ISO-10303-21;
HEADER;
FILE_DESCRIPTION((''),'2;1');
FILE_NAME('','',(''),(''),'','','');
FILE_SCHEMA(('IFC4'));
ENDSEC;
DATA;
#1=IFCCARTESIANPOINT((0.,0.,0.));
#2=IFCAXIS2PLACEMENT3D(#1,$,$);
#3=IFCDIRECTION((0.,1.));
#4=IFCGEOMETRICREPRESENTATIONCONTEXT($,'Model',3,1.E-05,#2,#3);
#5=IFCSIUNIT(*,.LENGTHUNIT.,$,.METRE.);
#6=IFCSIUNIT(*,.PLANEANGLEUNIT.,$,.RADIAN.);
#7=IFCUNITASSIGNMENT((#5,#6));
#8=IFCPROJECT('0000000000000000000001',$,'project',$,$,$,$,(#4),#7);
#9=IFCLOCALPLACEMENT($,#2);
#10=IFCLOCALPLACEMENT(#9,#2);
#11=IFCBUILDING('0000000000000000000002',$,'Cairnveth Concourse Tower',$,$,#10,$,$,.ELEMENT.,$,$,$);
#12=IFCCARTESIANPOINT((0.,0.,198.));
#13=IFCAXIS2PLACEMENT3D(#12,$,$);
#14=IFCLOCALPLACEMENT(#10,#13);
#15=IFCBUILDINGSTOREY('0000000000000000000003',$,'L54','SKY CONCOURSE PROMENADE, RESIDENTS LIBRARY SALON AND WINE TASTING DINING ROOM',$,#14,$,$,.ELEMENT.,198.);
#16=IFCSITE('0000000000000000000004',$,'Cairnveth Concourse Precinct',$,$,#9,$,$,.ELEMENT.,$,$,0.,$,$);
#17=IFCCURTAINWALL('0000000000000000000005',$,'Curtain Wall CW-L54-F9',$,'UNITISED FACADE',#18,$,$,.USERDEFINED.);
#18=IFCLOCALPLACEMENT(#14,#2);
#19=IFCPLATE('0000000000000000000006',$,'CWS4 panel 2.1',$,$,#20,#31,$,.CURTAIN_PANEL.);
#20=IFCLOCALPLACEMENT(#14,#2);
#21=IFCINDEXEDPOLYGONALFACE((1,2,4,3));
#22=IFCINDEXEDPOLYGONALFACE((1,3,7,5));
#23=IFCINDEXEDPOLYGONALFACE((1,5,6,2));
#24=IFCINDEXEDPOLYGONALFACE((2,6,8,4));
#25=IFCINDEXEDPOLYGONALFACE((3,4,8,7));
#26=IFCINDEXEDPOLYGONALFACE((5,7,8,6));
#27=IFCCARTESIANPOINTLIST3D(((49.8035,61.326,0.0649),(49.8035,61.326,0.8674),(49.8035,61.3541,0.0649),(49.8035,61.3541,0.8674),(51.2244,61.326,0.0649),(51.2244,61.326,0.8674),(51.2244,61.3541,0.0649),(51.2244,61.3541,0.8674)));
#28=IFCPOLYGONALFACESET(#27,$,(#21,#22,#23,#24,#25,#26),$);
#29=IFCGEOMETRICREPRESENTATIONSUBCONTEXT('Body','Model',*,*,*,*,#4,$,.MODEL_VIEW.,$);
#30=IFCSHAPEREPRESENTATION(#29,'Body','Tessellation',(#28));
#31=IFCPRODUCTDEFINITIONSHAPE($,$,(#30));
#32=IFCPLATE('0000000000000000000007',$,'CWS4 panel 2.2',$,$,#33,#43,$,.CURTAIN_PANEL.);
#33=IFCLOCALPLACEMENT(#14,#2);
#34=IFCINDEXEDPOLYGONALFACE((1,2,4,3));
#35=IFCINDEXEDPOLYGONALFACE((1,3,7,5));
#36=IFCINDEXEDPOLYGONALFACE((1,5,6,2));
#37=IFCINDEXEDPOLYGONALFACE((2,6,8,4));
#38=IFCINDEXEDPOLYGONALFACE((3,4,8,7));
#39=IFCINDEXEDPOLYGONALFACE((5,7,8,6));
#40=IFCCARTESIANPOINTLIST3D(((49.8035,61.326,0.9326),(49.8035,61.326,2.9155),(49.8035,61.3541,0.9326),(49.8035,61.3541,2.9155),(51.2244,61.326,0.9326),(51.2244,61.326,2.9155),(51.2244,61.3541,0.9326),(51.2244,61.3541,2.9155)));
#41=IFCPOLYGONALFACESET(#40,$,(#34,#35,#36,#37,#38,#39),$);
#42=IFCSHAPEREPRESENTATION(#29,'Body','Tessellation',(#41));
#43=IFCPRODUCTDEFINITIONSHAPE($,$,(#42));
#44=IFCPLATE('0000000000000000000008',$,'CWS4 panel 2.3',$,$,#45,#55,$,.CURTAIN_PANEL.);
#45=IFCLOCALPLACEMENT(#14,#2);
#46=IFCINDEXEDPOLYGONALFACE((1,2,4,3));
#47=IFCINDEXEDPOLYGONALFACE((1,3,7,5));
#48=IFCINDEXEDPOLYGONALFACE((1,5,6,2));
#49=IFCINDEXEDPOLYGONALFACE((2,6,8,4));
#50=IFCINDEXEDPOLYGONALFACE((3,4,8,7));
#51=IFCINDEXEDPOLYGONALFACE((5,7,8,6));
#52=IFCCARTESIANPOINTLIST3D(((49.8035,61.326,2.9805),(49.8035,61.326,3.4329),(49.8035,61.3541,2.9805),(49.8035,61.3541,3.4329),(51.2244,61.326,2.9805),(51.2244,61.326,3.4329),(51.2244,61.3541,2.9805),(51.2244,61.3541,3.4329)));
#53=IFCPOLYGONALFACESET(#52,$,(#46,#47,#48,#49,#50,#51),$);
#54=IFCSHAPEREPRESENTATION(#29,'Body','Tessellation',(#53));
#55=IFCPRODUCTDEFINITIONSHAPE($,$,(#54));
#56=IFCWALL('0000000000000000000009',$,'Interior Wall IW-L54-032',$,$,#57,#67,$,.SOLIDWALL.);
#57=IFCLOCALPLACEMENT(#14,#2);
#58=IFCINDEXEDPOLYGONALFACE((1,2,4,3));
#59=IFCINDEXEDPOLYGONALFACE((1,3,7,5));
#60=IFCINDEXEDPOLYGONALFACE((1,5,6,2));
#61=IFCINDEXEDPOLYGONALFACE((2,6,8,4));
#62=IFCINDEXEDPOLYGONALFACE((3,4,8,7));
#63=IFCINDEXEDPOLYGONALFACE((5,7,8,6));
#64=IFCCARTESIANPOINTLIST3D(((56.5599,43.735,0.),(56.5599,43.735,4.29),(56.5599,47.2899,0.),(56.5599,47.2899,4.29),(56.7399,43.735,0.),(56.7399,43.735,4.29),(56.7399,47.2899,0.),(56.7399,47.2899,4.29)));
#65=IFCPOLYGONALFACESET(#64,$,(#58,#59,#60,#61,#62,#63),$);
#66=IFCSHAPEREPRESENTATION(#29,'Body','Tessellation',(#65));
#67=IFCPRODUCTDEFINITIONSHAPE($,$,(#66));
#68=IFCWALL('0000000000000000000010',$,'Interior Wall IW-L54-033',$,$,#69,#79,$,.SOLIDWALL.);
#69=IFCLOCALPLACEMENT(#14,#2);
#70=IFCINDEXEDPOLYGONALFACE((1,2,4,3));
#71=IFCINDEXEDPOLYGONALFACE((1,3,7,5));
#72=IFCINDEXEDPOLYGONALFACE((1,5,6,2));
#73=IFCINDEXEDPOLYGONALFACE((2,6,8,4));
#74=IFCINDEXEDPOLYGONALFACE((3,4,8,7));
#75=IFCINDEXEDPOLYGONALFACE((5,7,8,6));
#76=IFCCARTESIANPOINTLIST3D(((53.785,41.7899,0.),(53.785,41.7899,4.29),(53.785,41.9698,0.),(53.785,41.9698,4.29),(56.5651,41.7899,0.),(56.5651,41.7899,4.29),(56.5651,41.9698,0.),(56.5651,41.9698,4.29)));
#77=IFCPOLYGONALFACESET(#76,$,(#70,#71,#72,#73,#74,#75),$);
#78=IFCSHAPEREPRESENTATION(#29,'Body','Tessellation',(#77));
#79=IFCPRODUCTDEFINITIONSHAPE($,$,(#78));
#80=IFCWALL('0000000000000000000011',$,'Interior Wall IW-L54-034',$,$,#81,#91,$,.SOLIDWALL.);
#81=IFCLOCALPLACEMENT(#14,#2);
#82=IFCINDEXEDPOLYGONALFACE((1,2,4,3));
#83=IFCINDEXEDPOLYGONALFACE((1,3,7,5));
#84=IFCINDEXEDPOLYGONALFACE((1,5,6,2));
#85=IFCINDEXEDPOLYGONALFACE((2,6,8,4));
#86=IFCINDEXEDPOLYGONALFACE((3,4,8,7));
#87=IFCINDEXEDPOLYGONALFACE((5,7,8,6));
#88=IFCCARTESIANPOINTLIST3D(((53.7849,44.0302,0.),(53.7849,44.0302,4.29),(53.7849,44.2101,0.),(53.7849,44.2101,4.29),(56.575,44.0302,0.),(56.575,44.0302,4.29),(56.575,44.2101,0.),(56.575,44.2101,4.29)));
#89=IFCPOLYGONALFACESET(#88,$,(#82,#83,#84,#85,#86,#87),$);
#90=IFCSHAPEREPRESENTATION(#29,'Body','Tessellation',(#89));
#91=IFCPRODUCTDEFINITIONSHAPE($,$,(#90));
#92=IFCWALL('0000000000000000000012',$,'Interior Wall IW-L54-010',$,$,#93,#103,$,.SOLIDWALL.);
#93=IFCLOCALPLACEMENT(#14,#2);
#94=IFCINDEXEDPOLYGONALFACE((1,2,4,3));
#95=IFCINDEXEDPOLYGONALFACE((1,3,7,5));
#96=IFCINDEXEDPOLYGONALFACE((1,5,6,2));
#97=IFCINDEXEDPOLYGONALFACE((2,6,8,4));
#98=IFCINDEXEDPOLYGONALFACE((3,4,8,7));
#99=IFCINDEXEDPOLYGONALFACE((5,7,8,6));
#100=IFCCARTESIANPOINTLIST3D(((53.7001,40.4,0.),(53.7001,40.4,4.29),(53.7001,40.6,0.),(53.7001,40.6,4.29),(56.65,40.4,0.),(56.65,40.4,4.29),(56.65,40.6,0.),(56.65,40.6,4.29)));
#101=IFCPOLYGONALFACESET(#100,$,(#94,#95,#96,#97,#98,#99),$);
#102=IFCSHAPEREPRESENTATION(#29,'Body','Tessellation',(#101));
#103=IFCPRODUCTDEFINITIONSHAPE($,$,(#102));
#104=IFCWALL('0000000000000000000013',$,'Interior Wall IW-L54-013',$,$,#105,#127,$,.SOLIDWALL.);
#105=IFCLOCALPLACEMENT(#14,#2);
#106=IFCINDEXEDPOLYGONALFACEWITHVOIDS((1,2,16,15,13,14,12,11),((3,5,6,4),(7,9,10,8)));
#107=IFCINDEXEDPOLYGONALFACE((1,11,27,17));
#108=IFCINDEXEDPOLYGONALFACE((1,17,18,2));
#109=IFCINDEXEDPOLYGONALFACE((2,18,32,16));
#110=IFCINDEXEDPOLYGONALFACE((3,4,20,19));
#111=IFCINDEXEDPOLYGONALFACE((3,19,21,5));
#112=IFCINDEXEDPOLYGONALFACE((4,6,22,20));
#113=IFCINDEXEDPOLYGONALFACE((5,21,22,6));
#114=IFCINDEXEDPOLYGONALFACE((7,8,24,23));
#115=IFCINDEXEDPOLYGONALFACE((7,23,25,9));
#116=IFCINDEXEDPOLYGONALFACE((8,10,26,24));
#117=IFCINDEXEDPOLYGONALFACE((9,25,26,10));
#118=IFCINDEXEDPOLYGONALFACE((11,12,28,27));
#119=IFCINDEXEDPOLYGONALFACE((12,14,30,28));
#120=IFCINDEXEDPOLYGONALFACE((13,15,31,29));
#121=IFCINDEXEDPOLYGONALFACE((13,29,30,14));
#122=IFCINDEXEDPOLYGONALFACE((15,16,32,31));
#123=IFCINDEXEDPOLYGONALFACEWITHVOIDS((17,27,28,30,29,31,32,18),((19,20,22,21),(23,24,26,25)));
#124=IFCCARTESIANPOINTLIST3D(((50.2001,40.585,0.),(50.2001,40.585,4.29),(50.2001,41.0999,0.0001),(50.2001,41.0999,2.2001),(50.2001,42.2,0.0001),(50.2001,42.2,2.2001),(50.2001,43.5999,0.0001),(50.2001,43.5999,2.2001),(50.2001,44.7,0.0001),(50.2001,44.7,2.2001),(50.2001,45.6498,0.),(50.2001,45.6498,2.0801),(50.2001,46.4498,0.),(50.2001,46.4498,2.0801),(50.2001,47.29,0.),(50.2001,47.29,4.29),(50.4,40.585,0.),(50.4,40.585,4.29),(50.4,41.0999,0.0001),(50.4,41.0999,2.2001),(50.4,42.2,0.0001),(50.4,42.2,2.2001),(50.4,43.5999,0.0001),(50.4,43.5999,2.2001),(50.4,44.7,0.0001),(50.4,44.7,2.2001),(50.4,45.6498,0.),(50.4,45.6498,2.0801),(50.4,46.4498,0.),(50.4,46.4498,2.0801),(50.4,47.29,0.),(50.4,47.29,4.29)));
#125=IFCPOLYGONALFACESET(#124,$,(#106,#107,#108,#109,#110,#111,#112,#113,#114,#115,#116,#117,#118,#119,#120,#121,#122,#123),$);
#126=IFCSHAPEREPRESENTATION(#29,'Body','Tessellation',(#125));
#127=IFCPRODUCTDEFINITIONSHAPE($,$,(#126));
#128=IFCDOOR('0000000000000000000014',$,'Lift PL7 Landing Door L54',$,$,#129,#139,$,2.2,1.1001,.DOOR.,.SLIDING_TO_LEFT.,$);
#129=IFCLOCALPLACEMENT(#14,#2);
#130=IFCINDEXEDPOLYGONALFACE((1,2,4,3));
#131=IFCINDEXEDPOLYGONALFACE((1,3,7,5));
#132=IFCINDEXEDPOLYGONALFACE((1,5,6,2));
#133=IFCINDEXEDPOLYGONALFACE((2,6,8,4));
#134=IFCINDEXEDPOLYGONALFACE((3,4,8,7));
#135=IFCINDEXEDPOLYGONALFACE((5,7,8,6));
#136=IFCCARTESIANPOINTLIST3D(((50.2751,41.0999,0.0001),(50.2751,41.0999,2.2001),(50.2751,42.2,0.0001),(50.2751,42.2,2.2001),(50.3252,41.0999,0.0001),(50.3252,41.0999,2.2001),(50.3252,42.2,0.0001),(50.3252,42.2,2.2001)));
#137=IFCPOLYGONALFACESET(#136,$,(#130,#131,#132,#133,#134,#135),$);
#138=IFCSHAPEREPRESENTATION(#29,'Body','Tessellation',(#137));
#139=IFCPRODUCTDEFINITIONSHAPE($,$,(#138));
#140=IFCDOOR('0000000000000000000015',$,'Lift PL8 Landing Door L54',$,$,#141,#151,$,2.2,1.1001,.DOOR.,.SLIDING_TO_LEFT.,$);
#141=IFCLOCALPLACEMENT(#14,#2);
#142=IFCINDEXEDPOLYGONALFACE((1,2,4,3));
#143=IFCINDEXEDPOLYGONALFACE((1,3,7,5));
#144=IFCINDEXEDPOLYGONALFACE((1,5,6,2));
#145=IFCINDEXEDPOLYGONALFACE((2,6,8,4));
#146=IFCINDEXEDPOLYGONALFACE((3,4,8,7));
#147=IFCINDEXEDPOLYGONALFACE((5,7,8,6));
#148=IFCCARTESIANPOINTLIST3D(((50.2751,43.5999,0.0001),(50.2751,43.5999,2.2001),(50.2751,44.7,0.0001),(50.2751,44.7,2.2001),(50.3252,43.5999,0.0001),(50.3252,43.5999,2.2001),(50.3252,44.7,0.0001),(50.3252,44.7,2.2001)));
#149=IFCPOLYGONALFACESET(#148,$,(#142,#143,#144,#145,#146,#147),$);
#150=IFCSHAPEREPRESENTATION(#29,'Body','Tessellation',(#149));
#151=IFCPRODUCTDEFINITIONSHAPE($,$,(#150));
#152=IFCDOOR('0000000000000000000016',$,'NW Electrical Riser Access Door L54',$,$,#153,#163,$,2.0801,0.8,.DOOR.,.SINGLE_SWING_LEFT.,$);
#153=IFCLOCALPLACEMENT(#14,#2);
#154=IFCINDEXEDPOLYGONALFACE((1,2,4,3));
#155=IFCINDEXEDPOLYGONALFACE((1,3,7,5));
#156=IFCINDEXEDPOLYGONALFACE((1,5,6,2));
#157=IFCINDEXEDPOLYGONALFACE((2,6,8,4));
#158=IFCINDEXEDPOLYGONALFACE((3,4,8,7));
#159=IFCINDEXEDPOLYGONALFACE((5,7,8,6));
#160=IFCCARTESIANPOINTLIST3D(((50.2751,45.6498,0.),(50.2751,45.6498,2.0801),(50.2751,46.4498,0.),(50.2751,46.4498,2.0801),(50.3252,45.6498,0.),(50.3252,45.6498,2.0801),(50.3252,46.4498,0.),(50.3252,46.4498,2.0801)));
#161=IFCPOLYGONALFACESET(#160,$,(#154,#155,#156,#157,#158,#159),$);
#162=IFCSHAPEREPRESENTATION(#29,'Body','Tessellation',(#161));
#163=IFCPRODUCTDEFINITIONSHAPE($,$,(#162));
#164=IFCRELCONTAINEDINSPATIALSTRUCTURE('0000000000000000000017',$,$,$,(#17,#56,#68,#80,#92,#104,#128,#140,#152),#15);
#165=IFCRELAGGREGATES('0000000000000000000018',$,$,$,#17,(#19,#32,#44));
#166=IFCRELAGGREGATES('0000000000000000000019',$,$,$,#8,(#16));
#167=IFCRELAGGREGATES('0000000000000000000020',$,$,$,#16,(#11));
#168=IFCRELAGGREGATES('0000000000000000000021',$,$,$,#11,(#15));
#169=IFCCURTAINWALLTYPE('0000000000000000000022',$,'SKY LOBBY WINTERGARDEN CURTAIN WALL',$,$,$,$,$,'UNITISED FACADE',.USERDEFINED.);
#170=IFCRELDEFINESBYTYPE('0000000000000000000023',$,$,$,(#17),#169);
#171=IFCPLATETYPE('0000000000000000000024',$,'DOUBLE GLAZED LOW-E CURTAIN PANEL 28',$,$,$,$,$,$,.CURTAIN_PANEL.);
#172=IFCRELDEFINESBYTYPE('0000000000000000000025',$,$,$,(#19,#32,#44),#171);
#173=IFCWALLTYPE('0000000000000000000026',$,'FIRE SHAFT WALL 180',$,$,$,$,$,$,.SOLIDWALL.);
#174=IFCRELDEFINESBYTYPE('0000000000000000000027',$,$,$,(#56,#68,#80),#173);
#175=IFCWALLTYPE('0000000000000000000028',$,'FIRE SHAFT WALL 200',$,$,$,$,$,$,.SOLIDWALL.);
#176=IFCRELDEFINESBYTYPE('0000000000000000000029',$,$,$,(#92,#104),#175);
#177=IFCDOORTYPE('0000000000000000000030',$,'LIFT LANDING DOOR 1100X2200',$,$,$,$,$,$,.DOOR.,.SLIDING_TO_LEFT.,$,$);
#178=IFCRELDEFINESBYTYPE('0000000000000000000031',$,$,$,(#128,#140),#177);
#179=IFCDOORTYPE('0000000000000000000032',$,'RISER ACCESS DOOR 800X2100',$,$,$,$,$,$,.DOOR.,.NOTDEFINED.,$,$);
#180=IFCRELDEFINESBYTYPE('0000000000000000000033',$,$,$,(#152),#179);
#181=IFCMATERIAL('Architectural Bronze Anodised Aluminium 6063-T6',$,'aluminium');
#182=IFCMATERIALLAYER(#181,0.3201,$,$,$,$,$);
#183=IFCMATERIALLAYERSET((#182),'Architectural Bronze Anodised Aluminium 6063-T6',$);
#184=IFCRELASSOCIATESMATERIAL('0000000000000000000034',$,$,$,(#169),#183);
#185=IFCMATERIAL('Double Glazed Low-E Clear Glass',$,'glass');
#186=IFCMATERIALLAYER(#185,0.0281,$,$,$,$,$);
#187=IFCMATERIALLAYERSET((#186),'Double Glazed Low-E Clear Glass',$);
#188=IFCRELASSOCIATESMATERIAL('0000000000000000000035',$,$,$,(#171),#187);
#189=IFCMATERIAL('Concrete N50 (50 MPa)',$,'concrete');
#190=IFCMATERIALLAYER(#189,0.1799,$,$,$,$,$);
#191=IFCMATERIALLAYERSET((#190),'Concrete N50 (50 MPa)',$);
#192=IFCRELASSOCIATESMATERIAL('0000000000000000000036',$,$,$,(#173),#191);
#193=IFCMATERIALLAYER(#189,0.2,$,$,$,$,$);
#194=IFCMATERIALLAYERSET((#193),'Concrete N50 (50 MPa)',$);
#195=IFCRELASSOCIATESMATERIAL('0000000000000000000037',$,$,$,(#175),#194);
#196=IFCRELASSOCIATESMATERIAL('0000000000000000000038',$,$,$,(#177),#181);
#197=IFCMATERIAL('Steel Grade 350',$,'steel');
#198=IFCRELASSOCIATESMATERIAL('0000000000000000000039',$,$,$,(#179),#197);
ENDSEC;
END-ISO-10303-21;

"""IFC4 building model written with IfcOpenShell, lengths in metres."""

from ifc_helpers import new_model, si_unit, direction, frame, frame_2d, origin, origin_2d, place, context, subcontext, project, spatial, rectangle, extrude, material, layer, layer_set, type_object, element, fill, aggregate, save


model = new_model("IFC4")

# Units and contexts
model_context = context("Model", 3, precision=1e-05, world=origin(), true_north=direction((0.0, 1.0)))
body_context = subcontext(model_context, "Body", "Model", "MODEL_VIEW")
ifc_project = project(units=[si_unit("LENGTHUNIT", "METRE"), si_unit("PLANEANGLEUNIT", "RADIAN")], contexts=[model_context])

# Site, building, storey
site_placement = place(None, origin())
site = spatial("IfcSite", under=ifc_project, at=site_placement, Name="Cairnveth Concourse Precinct", CompositionType="ELEMENT", RefElevation=0.0)
building_placement = place(site_placement, origin())
building = spatial("IfcBuilding", under=site, at=building_placement, Name="Cairnveth Concourse Tower", CompositionType="ELEMENT")
storey_placement = place(building_placement, frame((0.0, 0.0, 198.0)))
storey = spatial("IfcBuildingStorey", under=building, at=storey_placement, Name="L54", Description="SKY CONCOURSE PROMENADE, RESIDENTS LIBRARY SALON AND WINE TASTING DINING ROOM", CompositionType="ELEMENT", Elevation=198.0)

# Curtain wall
ifc_material_1 = material(Name="Architectural Bronze Anodised Aluminium 6063-T6", Category="aluminium")
ifc_layer_1 = layer(ifc_material_1, 0.3201)
ifc_layer_set_1 = layer_set([ifc_layer_1], Name="Architectural Bronze Anodised Aluminium 6063-T6")
curtain_wall_type = type_object("IfcCurtainWallType", Name="SKY LOBBY WINTERGARDEN CURTAIN WALL", ElementType="UNITISED FACADE", PredefinedType="USERDEFINED", material=ifc_layer_set_1)
curtain_wall_placement = place(storey_placement, origin())
curtain_wall = element("IfcCurtainWall", 1, at=curtain_wall_placement, inside=storey, type_object=curtain_wall_type, Name="Curtain Wall CW-L54-F9", ObjectType="UNITISED FACADE", PredefinedType="USERDEFINED")

# Shared definitions
ifc_material_2 = material(Name="Steel Grade 350", Category="steel")

# Plates
ifc_material_3 = material(Name="Double Glazed Low-E Clear Glass", Category="glass")
ifc_layer_2 = layer(ifc_material_3, 0.0281)
ifc_layer_set_2 = layer_set([ifc_layer_2], Name="Double Glazed Low-E Clear Glass")
plate_type = type_object("IfcPlateType", Name="DOUBLE GLAZED LOW-E CURTAIN PANEL 28", PredefinedType="CURTAIN_PANEL", material=ifc_layer_set_2)
plate_1_placement = place(storey_placement, frame((50.5139, 61.3401, 0.0649), z_axis=(0.0, 0.0, 1.0), x_axis=(1.0, 0.0, 0.0)))
plate_1 = element("IfcPlate", 2, at=plate_1_placement, type_object=plate_type, Name="CWS4 panel 2.1", PredefinedType="CURTAIN_PANEL", context=body_context, shape_type="SweptSolid", body=[
    extrude(rectangle(XDim=1.4209, YDim=0.0281, at=origin_2d()), origin(), (0.0, 0.0, 1.0), 0.8025),
])
plate_2_placement = place(storey_placement, frame((50.5139, 61.3401, 0.9326), z_axis=(0.0, 0.0, 1.0), x_axis=(1.0, 0.0, 0.0)))
plate_2 = element("IfcPlate", 3, at=plate_2_placement, type_object=plate_type, Name="CWS4 panel 2.2", PredefinedType="CURTAIN_PANEL", context=body_context, shape_type="SweptSolid", body=[
    extrude(rectangle(XDim=1.4209, YDim=0.0281, at=origin_2d()), origin(), (0.0, 0.0, 1.0), 1.9829),
])
plate_3_placement = place(storey_placement, frame((50.5139, 61.3401, 2.9805), z_axis=(0.0, 0.0, 1.0), x_axis=(1.0, 0.0, 0.0)))
plate_3 = element("IfcPlate", 4, at=plate_3_placement, type_object=plate_type, Name="CWS4 panel 2.3", PredefinedType="CURTAIN_PANEL", context=body_context, shape_type="SweptSolid", body=[
    extrude(rectangle(XDim=1.4209, YDim=0.0281, at=origin_2d()), origin(), (0.0, 0.0, 1.0), 0.4524),
])
aggregate(curtain_wall, [plate_1, plate_2, plate_3])

# Walls
ifc_material_4 = material(Name="Concrete N50 (50 MPa)", Category="concrete")
ifc_layer_3 = layer(ifc_material_4, 0.1799)
ifc_layer_set_3 = layer_set([ifc_layer_3], Name="Concrete N50 (50 MPa)")
wall_type_1 = type_object("IfcWallType", Name="FIRE SHAFT WALL 180", PredefinedType="SOLIDWALL", material=ifc_layer_set_3)
wall_1_placement = place(storey_placement, frame((56.6499, 43.7351, 0.0), z_axis=(0.0, 0.0, 1.0), x_axis=(0.0, 1.0, 0.0)))
element("IfcWall", 5, at=wall_1_placement, inside=storey, type_object=wall_type_1, Name="Interior Wall IW-L54-032", PredefinedType="SOLIDWALL", context=body_context, shape_type="SweptSolid", body=[
    extrude(rectangle(XDim=3.5549, YDim=0.1799, at=frame_2d((1.7773, 0.0))), origin(), (0.0, 0.0, 1.0), 4.29),
])
wall_2_placement = place(storey_placement, frame((53.7849, 41.8799, 0.0), z_axis=(0.0, 0.0, 1.0), x_axis=(1.0, 0.0, 0.0)))
element("IfcWall", 6, at=wall_2_placement, inside=storey, type_object=wall_type_1, Name="Interior Wall IW-L54-033", PredefinedType="SOLIDWALL", context=body_context, shape_type="SweptSolid", body=[
    extrude(rectangle(XDim=2.78, YDim=0.1799, at=frame_2d((1.3901, 0.0))), origin(), (0.0, 0.0, 1.0), 4.29),
])
wall_3_placement = place(storey_placement, frame((53.7849, 44.1201, 0.0), z_axis=(0.0, 0.0, 1.0), x_axis=(1.0, 0.0, 0.0)))
element("IfcWall", 7, at=wall_3_placement, inside=storey, type_object=wall_type_1, Name="Interior Wall IW-L54-034", PredefinedType="SOLIDWALL", context=body_context, shape_type="SweptSolid", body=[
    extrude(rectangle(XDim=2.79, YDim=0.1799, at=frame_2d((1.395, 0.0))), origin(), (0.0, 0.0, 1.0), 4.29),
])
ifc_layer_4 = layer(ifc_material_4, 0.2)
ifc_layer_set_4 = layer_set([ifc_layer_4], Name="Concrete N50 (50 MPa)")
wall_type_2 = type_object("IfcWallType", Name="FIRE SHAFT WALL 200", PredefinedType="SOLIDWALL", material=ifc_layer_set_4)
wall_4_placement = place(storey_placement, frame((53.7, 40.5, 0.0), z_axis=(0.0, 0.0, 1.0), x_axis=(1.0, 0.0, 0.0)))
element("IfcWall", 8, at=wall_4_placement, inside=storey, type_object=wall_type_2, Name="Interior Wall IW-L54-010", PredefinedType="SOLIDWALL", context=body_context, shape_type="SweptSolid", body=[
    extrude(rectangle(XDim=2.95, YDim=0.2, at=frame_2d((1.4751, 0.0))), origin(), (0.0, 0.0, 1.0), 4.29),
])

# Wall, openings, doors
wall_5_placement = place(storey_placement, frame((50.3, 40.585, 0.0), z_axis=(0.0, 0.0, 1.0), x_axis=(0.0, 1.0, 0.0)))
wall_5 = element("IfcWall", 9, at=wall_5_placement, inside=storey, type_object=wall_type_2, Name="Interior Wall IW-L54-013", PredefinedType="SOLIDWALL", context=body_context, shape_type="SweptSolid", body=[
    extrude(rectangle(XDim=6.7051, YDim=0.2, at=frame_2d((3.3525, 0.0))), origin(), (0.0, 0.0, 1.0), 4.29),
])
opening_1_placement = place(wall_5_placement, frame((0.5149, 0.0, 0.0)))
opening_1 = element("IfcOpeningElement", 10, at=opening_1_placement, cuts=wall_5, PredefinedType="OPENING", context=body_context, shape_type="SweptSolid", body=[
    extrude(rectangle(XDim=1.1001, YDim=2.2, at=frame_2d((0.55, 1.1001))), frame((0.0, 0.1099, 0.0), z_axis=(0.0, -1.0, 0.0), x_axis=(1.0, 0.0, 0.0)), (0.0, 0.0, 1.0), 0.22),
])
opening_2_placement = place(wall_5_placement, frame((3.0149, 0.0, 0.0)))
opening_2 = element("IfcOpeningElement", 11, at=opening_2_placement, cuts=wall_5, PredefinedType="OPENING", context=body_context, shape_type="SweptSolid", body=[
    extrude(rectangle(XDim=1.1001, YDim=2.2, at=frame_2d((0.55, 1.1001))), frame((0.0, 0.1099, 0.0), z_axis=(0.0, -1.0, 0.0), x_axis=(1.0, 0.0, 0.0)), (0.0, 0.0, 1.0), 0.22),
])
opening_3_placement = place(wall_5_placement, frame((5.0649, 0.0, 0.0)))
opening_3 = element("IfcOpeningElement", 12, at=opening_3_placement, cuts=wall_5, PredefinedType="OPENING", context=body_context, shape_type="SweptSolid", body=[
    extrude(rectangle(XDim=0.8, YDim=2.0801, at=frame_2d((0.3999, 1.04))), frame((0.0, 0.1099, 0.0), z_axis=(0.0, -1.0, 0.0), x_axis=(1.0, 0.0, 0.0)), (0.0, 0.0, 1.0), 0.22),
])
door_type_1 = type_object("IfcDoorType", Name="LIFT LANDING DOOR 1100X2200", OperationType="SLIDING_TO_LEFT", PredefinedType="DOOR", material=ifc_material_1)
door_1_placement = place(opening_1_placement, origin())
door_1 = element("IfcDoor", 13, at=door_1_placement, inside=storey, type_object=door_type_1, Name="Lift PL7 Landing Door L54", OperationType="SLIDING_TO_LEFT", OverallHeight=2.2, OverallWidth=1.1001, PredefinedType="DOOR", context=body_context, shape_type="SweptSolid", body=[
    extrude(rectangle(XDim=1.1001, YDim=2.2, at=frame_2d((0.55, 1.1001))), frame((0.0, 0.0249, 0.0), z_axis=(0.0, -1.0, 0.0), x_axis=(1.0, 0.0, 0.0)), (0.0, 0.0, 1.0), 0.05),
])
fill(opening_1, door_1)
door_2_placement = place(opening_2_placement, origin())
door_2 = element("IfcDoor", 14, at=door_2_placement, inside=storey, type_object=door_type_1, Name="Lift PL8 Landing Door L54", OperationType="SLIDING_TO_LEFT", OverallHeight=2.2, OverallWidth=1.1001, PredefinedType="DOOR", context=body_context, shape_type="SweptSolid", body=[
    extrude(rectangle(XDim=1.1001, YDim=2.2, at=frame_2d((0.55, 1.1001))), frame((0.0, 0.0249, 0.0), z_axis=(0.0, -1.0, 0.0), x_axis=(1.0, 0.0, 0.0)), (0.0, 0.0, 1.0), 0.05),
])
fill(opening_2, door_2)
door_type_2 = type_object("IfcDoorType", Name="RISER ACCESS DOOR 800X2100", OperationType="NOTDEFINED", PredefinedType="DOOR", material=ifc_material_2)
door_3_placement = place(opening_3_placement, origin())
door_3 = element("IfcDoor", 15, at=door_3_placement, inside=storey, type_object=door_type_2, Name="NW Electrical Riser Access Door L54", OperationType="SINGLE_SWING_LEFT", OverallHeight=2.0801, OverallWidth=0.8, PredefinedType="DOOR", context=body_context, shape_type="SweptSolid", body=[
    extrude(rectangle(XDim=0.8, YDim=2.0801, at=frame_2d((0.3999, 1.04))), frame((0.0, 0.0249, 0.0), z_axis=(0.0, -1.0, 0.0), x_axis=(1.0, 0.0, 0.0)), (0.0, 0.0, 1.0), 0.05),
])
fill(opening_3, door_3)

save(model, "model.ifc")
